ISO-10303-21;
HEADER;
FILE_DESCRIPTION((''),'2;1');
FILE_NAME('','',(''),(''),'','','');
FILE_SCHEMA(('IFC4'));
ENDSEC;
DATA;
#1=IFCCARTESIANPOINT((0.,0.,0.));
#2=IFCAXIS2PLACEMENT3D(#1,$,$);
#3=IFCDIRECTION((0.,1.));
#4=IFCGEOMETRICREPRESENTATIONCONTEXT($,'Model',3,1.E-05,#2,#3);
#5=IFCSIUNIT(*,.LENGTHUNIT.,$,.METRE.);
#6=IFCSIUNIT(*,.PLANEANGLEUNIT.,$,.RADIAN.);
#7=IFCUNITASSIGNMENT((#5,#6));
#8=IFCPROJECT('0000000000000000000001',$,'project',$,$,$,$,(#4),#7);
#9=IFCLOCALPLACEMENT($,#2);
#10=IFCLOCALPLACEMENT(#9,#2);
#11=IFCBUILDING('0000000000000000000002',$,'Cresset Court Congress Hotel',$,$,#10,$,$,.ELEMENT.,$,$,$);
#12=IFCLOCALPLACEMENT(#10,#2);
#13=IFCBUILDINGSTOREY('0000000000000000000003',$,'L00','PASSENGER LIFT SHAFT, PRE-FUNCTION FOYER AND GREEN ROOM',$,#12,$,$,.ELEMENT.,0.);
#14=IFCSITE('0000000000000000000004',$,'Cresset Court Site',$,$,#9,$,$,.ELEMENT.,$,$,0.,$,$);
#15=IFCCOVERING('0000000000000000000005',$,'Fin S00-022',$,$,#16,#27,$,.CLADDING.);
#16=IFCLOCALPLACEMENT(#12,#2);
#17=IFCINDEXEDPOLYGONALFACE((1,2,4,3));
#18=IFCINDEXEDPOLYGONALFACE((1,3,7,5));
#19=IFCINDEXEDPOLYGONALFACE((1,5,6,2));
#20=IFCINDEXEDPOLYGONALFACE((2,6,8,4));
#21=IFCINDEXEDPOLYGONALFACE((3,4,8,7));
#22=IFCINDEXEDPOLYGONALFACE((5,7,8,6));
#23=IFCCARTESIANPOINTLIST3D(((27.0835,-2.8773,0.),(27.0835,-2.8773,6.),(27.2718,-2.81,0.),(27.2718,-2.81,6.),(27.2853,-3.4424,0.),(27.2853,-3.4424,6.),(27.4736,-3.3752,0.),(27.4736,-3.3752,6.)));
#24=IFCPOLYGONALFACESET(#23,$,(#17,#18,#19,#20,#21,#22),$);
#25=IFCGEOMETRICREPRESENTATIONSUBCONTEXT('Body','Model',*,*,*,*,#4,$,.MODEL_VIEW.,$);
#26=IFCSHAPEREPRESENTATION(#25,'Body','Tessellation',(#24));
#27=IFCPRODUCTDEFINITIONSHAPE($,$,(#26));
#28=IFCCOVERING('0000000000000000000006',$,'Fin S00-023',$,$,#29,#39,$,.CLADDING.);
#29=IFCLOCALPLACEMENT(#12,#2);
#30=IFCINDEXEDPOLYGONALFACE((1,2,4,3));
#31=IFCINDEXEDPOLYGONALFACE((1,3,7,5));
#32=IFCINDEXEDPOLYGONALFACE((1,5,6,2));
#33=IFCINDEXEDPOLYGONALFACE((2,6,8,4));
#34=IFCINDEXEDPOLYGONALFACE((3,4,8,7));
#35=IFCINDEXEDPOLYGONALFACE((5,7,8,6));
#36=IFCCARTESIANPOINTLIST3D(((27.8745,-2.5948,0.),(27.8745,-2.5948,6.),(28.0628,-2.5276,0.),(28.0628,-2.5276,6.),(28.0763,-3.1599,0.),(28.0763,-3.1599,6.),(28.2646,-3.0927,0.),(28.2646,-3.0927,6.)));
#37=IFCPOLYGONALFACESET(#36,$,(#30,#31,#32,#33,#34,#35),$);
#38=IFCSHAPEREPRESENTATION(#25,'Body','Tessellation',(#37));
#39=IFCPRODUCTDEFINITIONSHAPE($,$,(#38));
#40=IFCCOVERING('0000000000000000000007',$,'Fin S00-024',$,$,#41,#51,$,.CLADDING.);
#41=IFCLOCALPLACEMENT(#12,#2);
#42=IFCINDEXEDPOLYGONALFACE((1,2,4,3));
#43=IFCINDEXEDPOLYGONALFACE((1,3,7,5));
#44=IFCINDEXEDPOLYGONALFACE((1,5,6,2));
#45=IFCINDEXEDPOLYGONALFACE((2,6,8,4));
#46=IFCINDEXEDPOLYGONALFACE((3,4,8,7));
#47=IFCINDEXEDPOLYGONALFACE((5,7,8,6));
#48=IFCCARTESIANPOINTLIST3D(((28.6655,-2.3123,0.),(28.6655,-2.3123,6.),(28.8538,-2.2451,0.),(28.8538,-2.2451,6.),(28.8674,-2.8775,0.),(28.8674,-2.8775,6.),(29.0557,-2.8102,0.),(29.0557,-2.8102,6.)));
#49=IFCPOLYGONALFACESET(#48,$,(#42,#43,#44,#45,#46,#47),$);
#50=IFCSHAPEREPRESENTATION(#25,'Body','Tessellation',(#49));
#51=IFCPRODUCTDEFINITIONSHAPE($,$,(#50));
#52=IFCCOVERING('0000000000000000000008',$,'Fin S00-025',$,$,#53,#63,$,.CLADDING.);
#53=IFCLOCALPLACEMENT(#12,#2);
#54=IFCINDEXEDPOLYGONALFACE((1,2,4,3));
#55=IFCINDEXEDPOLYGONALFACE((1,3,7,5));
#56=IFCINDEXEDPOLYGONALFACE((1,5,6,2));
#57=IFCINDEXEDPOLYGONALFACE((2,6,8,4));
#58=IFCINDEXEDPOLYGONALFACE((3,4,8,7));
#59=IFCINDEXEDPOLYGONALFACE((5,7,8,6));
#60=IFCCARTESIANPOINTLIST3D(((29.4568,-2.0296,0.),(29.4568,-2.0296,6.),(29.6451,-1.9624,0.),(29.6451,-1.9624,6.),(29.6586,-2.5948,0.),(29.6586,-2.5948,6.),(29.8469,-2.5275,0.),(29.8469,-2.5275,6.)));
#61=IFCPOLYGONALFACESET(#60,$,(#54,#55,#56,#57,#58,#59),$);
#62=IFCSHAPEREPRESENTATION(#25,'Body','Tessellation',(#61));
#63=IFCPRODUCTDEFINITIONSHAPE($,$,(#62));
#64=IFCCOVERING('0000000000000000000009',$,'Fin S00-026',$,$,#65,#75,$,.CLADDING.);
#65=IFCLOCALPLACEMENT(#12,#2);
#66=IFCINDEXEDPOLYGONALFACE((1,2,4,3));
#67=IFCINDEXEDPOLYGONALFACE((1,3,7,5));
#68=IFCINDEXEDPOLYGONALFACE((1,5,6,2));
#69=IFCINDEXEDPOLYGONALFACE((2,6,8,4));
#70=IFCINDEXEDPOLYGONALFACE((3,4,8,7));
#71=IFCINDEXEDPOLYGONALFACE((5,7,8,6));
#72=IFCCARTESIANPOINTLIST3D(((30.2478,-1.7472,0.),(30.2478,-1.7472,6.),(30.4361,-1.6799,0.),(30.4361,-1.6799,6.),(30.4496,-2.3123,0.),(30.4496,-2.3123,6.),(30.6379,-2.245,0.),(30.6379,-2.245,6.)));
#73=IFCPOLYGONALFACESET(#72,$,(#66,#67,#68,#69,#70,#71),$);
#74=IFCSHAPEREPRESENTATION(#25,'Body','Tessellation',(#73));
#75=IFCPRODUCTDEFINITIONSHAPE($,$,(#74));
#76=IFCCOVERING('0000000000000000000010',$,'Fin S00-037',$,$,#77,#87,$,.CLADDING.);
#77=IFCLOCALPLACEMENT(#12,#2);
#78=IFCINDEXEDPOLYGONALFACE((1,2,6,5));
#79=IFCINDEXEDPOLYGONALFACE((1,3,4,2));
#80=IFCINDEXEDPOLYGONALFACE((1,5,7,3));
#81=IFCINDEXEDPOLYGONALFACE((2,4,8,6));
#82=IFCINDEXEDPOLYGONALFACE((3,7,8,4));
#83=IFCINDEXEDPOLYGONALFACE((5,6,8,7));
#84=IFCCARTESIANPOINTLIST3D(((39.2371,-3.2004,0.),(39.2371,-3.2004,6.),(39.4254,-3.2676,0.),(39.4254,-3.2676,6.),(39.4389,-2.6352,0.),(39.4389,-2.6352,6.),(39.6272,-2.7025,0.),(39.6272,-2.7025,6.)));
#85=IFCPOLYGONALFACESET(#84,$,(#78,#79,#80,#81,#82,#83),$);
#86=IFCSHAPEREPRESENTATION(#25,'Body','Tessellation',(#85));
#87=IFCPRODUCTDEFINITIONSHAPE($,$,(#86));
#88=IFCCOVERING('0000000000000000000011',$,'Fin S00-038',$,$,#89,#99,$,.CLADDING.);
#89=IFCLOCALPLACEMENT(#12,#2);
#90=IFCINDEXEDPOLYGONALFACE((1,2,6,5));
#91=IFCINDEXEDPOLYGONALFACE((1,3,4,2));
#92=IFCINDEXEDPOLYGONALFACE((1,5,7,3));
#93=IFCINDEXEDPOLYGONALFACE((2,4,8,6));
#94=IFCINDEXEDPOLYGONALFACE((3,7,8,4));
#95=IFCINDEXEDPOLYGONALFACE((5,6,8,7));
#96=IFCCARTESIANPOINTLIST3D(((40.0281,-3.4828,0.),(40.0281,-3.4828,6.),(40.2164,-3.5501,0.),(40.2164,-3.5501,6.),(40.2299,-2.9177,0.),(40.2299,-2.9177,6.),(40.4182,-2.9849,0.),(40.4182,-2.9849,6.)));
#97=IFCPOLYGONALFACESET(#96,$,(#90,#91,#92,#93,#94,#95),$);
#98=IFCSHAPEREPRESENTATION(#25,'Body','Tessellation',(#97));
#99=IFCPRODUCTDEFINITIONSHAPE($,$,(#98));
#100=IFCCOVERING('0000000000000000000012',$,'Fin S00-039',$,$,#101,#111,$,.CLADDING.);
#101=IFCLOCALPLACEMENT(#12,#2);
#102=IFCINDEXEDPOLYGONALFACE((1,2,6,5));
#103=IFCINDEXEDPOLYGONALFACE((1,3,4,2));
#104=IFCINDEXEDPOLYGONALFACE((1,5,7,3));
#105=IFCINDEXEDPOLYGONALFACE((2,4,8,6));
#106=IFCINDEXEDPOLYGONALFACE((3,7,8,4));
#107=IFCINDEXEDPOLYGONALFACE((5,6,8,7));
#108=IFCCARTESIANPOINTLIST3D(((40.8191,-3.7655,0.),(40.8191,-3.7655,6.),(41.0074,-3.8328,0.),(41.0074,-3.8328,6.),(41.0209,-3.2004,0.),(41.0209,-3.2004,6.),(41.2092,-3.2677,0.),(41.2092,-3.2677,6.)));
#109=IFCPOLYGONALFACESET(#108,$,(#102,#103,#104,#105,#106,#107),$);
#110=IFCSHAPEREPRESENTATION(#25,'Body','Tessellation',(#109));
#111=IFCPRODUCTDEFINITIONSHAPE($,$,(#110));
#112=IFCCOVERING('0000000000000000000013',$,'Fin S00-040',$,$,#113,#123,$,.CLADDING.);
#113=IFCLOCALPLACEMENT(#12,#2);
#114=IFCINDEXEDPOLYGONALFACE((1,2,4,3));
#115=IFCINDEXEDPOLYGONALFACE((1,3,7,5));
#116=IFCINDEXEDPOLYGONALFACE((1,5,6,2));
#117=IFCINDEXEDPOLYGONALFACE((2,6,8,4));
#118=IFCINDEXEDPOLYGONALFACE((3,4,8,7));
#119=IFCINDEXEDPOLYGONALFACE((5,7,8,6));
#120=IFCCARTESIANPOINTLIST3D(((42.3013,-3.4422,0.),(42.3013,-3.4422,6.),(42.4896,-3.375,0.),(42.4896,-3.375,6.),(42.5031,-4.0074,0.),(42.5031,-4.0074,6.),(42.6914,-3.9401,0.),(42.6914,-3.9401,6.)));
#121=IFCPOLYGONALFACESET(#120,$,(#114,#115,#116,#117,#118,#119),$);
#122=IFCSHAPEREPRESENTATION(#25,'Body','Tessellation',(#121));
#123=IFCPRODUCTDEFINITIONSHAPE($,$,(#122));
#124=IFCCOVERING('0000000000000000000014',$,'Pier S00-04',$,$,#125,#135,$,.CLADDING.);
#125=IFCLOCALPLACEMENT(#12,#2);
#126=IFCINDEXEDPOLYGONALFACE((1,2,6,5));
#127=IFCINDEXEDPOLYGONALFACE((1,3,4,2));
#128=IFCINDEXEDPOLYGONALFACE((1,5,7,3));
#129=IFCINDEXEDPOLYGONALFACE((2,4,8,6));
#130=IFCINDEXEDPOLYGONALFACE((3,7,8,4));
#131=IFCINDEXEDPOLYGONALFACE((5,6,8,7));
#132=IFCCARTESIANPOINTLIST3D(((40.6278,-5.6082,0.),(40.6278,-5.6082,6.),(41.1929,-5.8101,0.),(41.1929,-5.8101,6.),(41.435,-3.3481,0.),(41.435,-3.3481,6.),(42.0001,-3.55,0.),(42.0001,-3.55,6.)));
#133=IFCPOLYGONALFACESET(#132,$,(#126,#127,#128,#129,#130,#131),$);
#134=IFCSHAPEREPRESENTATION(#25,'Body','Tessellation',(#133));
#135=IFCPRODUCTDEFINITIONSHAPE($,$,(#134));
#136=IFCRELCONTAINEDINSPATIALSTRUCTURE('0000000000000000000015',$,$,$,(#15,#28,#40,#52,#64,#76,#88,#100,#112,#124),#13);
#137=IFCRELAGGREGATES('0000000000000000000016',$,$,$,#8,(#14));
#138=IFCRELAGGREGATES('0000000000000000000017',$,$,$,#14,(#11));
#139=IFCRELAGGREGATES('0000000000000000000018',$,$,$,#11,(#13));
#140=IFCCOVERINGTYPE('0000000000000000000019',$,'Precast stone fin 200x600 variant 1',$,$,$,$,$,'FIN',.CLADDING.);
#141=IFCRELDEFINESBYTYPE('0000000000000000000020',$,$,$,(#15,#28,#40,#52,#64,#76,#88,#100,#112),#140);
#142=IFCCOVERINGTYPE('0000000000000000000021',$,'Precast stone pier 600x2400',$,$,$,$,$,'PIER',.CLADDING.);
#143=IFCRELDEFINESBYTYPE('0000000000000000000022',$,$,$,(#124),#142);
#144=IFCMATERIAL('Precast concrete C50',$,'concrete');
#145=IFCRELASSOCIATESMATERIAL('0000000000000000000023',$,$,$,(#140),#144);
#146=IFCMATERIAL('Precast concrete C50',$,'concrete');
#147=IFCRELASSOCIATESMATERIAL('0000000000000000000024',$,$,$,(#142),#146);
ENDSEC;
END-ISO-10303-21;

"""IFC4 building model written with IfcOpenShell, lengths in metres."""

from ifc_helpers import new_model, si_unit, direction, frame, origin, origin_2d, place, context, subcontext, project, spatial, rectangle, extrude, material, type_object, element, save


model = new_model("IFC4")

# Units and contexts
model_context = context("Model", 3, precision=1e-05, world=origin(), true_north=direction((0.0, 1.0)))
body_context = subcontext(model_context, "Body", "Model", "MODEL_VIEW")
ifc_project = project(units=[si_unit("LENGTHUNIT", "METRE"), si_unit("PLANEANGLEUNIT", "RADIAN")], contexts=[model_context])

# Site, building, storey
site_placement = place(None, origin())
site = spatial("IfcSite", under=ifc_project, at=site_placement, Name="Cresset Court Site", CompositionType="ELEMENT", RefElevation=0.0)
building_placement = place(site_placement, origin())
building = spatial("IfcBuilding", under=site, at=building_placement, Name="Cresset Court Congress Hotel", CompositionType="ELEMENT")
storey_placement = place(building_placement, origin())
storey = spatial("IfcBuildingStorey", under=building, at=storey_placement, Name="L00", Description="PASSENGER LIFT SHAFT, PRE-FUNCTION FOYER AND GREEN ROOM", CompositionType="ELEMENT", Elevation=0.0)

# Coverings
ifc_material_1 = material(Name="Precast concrete C50", Category="concrete")
covering_type_1 = type_object("IfcCoveringType", Name="Precast stone fin 200x600 variant 1", ElementType="FIN", PredefinedType="CLADDING", material=ifc_material_1)
for number, where, z_axis, x_axis, name in (
    (1, (27.2786, -3.1262, 0.0), (0.0, 0.0, 1.0), (0.941742, 0.336336, 0.0), "Fin S00-022"),
    (2, (28.0696, -2.8438, 0.0), (0.0, 0.0, 1.0), (0.941742, 0.336336, 0.0), "Fin S00-023"),
    (3, (28.8606, -2.5613, 0.0), (0.0, 0.0, 1.0), (0.941742, 0.336336, 0.0), "Fin S00-024"),
    (4, (29.6519, -2.2786, 0.0), (0.0, 0.0, 1.0), (0.941742, 0.336336, 0.0), "Fin S00-025"),
    (5, (30.4429, -1.9961, 0.0), (0.0, 0.0, 1.0), (0.941742, 0.336336, 0.0), "Fin S00-026"),
    (6, (39.4321, -2.9514, 0.0), (0.0, 0.0, 1.0), (0.941742, -0.336336, 0.0), "Fin S00-037"),
    (7, (40.2231, -3.2339, 0.0), (0.0, 0.0, 1.0), (0.941742, -0.336336, 0.0), "Fin S00-038"),
    (8, (41.0142, -3.5166, 0.0), (0.0, 0.0, 1.0), (0.941742, -0.336336, 0.0), "Fin S00-039"),
    (9, (42.4963, -3.6912, 0.0), (0.0, 0.0, 1.0), (0.941742, 0.336336, 0.0), "Fin S00-040"),
):
    element("IfcCovering", number, at=place(storey_placement, frame(where, z_axis=z_axis, x_axis=x_axis)), inside=storey, type_object=covering_type_1, Name=name, PredefinedType="CLADDING", context=body_context, shape_type="SweptSolid", body=[
        extrude(rectangle(XDim=0.2, YDim=0.6001, at=origin_2d()), origin(), (0.0, 0.0, 1.0), 6.0),
    ])
ifc_material_2 = material(Name="Precast concrete C50", Category="concrete")
covering_type_2 = type_object("IfcCoveringType", Name="Precast stone pier 600x2400", ElementType="PIER", PredefinedType="CLADDING", material=ifc_material_2)
covering_placement = place(storey_placement, frame((41.314, -4.5791, 0.0), z_axis=(0.0, 0.0, 1.0), x_axis=(0.941742, -0.336336, 0.0)))
element("IfcCovering", 10, at=covering_placement, inside=storey, type_object=covering_type_2, Name="Pier S00-04", PredefinedType="CLADDING", context=body_context, shape_type="SweptSolid", body=[
    extrude(rectangle(XDim=0.6001, YDim=2.3999, at=origin_2d()), origin(), (0.0, 0.0, 1.0), 6.0),
])

save(model, "model.ifc")
